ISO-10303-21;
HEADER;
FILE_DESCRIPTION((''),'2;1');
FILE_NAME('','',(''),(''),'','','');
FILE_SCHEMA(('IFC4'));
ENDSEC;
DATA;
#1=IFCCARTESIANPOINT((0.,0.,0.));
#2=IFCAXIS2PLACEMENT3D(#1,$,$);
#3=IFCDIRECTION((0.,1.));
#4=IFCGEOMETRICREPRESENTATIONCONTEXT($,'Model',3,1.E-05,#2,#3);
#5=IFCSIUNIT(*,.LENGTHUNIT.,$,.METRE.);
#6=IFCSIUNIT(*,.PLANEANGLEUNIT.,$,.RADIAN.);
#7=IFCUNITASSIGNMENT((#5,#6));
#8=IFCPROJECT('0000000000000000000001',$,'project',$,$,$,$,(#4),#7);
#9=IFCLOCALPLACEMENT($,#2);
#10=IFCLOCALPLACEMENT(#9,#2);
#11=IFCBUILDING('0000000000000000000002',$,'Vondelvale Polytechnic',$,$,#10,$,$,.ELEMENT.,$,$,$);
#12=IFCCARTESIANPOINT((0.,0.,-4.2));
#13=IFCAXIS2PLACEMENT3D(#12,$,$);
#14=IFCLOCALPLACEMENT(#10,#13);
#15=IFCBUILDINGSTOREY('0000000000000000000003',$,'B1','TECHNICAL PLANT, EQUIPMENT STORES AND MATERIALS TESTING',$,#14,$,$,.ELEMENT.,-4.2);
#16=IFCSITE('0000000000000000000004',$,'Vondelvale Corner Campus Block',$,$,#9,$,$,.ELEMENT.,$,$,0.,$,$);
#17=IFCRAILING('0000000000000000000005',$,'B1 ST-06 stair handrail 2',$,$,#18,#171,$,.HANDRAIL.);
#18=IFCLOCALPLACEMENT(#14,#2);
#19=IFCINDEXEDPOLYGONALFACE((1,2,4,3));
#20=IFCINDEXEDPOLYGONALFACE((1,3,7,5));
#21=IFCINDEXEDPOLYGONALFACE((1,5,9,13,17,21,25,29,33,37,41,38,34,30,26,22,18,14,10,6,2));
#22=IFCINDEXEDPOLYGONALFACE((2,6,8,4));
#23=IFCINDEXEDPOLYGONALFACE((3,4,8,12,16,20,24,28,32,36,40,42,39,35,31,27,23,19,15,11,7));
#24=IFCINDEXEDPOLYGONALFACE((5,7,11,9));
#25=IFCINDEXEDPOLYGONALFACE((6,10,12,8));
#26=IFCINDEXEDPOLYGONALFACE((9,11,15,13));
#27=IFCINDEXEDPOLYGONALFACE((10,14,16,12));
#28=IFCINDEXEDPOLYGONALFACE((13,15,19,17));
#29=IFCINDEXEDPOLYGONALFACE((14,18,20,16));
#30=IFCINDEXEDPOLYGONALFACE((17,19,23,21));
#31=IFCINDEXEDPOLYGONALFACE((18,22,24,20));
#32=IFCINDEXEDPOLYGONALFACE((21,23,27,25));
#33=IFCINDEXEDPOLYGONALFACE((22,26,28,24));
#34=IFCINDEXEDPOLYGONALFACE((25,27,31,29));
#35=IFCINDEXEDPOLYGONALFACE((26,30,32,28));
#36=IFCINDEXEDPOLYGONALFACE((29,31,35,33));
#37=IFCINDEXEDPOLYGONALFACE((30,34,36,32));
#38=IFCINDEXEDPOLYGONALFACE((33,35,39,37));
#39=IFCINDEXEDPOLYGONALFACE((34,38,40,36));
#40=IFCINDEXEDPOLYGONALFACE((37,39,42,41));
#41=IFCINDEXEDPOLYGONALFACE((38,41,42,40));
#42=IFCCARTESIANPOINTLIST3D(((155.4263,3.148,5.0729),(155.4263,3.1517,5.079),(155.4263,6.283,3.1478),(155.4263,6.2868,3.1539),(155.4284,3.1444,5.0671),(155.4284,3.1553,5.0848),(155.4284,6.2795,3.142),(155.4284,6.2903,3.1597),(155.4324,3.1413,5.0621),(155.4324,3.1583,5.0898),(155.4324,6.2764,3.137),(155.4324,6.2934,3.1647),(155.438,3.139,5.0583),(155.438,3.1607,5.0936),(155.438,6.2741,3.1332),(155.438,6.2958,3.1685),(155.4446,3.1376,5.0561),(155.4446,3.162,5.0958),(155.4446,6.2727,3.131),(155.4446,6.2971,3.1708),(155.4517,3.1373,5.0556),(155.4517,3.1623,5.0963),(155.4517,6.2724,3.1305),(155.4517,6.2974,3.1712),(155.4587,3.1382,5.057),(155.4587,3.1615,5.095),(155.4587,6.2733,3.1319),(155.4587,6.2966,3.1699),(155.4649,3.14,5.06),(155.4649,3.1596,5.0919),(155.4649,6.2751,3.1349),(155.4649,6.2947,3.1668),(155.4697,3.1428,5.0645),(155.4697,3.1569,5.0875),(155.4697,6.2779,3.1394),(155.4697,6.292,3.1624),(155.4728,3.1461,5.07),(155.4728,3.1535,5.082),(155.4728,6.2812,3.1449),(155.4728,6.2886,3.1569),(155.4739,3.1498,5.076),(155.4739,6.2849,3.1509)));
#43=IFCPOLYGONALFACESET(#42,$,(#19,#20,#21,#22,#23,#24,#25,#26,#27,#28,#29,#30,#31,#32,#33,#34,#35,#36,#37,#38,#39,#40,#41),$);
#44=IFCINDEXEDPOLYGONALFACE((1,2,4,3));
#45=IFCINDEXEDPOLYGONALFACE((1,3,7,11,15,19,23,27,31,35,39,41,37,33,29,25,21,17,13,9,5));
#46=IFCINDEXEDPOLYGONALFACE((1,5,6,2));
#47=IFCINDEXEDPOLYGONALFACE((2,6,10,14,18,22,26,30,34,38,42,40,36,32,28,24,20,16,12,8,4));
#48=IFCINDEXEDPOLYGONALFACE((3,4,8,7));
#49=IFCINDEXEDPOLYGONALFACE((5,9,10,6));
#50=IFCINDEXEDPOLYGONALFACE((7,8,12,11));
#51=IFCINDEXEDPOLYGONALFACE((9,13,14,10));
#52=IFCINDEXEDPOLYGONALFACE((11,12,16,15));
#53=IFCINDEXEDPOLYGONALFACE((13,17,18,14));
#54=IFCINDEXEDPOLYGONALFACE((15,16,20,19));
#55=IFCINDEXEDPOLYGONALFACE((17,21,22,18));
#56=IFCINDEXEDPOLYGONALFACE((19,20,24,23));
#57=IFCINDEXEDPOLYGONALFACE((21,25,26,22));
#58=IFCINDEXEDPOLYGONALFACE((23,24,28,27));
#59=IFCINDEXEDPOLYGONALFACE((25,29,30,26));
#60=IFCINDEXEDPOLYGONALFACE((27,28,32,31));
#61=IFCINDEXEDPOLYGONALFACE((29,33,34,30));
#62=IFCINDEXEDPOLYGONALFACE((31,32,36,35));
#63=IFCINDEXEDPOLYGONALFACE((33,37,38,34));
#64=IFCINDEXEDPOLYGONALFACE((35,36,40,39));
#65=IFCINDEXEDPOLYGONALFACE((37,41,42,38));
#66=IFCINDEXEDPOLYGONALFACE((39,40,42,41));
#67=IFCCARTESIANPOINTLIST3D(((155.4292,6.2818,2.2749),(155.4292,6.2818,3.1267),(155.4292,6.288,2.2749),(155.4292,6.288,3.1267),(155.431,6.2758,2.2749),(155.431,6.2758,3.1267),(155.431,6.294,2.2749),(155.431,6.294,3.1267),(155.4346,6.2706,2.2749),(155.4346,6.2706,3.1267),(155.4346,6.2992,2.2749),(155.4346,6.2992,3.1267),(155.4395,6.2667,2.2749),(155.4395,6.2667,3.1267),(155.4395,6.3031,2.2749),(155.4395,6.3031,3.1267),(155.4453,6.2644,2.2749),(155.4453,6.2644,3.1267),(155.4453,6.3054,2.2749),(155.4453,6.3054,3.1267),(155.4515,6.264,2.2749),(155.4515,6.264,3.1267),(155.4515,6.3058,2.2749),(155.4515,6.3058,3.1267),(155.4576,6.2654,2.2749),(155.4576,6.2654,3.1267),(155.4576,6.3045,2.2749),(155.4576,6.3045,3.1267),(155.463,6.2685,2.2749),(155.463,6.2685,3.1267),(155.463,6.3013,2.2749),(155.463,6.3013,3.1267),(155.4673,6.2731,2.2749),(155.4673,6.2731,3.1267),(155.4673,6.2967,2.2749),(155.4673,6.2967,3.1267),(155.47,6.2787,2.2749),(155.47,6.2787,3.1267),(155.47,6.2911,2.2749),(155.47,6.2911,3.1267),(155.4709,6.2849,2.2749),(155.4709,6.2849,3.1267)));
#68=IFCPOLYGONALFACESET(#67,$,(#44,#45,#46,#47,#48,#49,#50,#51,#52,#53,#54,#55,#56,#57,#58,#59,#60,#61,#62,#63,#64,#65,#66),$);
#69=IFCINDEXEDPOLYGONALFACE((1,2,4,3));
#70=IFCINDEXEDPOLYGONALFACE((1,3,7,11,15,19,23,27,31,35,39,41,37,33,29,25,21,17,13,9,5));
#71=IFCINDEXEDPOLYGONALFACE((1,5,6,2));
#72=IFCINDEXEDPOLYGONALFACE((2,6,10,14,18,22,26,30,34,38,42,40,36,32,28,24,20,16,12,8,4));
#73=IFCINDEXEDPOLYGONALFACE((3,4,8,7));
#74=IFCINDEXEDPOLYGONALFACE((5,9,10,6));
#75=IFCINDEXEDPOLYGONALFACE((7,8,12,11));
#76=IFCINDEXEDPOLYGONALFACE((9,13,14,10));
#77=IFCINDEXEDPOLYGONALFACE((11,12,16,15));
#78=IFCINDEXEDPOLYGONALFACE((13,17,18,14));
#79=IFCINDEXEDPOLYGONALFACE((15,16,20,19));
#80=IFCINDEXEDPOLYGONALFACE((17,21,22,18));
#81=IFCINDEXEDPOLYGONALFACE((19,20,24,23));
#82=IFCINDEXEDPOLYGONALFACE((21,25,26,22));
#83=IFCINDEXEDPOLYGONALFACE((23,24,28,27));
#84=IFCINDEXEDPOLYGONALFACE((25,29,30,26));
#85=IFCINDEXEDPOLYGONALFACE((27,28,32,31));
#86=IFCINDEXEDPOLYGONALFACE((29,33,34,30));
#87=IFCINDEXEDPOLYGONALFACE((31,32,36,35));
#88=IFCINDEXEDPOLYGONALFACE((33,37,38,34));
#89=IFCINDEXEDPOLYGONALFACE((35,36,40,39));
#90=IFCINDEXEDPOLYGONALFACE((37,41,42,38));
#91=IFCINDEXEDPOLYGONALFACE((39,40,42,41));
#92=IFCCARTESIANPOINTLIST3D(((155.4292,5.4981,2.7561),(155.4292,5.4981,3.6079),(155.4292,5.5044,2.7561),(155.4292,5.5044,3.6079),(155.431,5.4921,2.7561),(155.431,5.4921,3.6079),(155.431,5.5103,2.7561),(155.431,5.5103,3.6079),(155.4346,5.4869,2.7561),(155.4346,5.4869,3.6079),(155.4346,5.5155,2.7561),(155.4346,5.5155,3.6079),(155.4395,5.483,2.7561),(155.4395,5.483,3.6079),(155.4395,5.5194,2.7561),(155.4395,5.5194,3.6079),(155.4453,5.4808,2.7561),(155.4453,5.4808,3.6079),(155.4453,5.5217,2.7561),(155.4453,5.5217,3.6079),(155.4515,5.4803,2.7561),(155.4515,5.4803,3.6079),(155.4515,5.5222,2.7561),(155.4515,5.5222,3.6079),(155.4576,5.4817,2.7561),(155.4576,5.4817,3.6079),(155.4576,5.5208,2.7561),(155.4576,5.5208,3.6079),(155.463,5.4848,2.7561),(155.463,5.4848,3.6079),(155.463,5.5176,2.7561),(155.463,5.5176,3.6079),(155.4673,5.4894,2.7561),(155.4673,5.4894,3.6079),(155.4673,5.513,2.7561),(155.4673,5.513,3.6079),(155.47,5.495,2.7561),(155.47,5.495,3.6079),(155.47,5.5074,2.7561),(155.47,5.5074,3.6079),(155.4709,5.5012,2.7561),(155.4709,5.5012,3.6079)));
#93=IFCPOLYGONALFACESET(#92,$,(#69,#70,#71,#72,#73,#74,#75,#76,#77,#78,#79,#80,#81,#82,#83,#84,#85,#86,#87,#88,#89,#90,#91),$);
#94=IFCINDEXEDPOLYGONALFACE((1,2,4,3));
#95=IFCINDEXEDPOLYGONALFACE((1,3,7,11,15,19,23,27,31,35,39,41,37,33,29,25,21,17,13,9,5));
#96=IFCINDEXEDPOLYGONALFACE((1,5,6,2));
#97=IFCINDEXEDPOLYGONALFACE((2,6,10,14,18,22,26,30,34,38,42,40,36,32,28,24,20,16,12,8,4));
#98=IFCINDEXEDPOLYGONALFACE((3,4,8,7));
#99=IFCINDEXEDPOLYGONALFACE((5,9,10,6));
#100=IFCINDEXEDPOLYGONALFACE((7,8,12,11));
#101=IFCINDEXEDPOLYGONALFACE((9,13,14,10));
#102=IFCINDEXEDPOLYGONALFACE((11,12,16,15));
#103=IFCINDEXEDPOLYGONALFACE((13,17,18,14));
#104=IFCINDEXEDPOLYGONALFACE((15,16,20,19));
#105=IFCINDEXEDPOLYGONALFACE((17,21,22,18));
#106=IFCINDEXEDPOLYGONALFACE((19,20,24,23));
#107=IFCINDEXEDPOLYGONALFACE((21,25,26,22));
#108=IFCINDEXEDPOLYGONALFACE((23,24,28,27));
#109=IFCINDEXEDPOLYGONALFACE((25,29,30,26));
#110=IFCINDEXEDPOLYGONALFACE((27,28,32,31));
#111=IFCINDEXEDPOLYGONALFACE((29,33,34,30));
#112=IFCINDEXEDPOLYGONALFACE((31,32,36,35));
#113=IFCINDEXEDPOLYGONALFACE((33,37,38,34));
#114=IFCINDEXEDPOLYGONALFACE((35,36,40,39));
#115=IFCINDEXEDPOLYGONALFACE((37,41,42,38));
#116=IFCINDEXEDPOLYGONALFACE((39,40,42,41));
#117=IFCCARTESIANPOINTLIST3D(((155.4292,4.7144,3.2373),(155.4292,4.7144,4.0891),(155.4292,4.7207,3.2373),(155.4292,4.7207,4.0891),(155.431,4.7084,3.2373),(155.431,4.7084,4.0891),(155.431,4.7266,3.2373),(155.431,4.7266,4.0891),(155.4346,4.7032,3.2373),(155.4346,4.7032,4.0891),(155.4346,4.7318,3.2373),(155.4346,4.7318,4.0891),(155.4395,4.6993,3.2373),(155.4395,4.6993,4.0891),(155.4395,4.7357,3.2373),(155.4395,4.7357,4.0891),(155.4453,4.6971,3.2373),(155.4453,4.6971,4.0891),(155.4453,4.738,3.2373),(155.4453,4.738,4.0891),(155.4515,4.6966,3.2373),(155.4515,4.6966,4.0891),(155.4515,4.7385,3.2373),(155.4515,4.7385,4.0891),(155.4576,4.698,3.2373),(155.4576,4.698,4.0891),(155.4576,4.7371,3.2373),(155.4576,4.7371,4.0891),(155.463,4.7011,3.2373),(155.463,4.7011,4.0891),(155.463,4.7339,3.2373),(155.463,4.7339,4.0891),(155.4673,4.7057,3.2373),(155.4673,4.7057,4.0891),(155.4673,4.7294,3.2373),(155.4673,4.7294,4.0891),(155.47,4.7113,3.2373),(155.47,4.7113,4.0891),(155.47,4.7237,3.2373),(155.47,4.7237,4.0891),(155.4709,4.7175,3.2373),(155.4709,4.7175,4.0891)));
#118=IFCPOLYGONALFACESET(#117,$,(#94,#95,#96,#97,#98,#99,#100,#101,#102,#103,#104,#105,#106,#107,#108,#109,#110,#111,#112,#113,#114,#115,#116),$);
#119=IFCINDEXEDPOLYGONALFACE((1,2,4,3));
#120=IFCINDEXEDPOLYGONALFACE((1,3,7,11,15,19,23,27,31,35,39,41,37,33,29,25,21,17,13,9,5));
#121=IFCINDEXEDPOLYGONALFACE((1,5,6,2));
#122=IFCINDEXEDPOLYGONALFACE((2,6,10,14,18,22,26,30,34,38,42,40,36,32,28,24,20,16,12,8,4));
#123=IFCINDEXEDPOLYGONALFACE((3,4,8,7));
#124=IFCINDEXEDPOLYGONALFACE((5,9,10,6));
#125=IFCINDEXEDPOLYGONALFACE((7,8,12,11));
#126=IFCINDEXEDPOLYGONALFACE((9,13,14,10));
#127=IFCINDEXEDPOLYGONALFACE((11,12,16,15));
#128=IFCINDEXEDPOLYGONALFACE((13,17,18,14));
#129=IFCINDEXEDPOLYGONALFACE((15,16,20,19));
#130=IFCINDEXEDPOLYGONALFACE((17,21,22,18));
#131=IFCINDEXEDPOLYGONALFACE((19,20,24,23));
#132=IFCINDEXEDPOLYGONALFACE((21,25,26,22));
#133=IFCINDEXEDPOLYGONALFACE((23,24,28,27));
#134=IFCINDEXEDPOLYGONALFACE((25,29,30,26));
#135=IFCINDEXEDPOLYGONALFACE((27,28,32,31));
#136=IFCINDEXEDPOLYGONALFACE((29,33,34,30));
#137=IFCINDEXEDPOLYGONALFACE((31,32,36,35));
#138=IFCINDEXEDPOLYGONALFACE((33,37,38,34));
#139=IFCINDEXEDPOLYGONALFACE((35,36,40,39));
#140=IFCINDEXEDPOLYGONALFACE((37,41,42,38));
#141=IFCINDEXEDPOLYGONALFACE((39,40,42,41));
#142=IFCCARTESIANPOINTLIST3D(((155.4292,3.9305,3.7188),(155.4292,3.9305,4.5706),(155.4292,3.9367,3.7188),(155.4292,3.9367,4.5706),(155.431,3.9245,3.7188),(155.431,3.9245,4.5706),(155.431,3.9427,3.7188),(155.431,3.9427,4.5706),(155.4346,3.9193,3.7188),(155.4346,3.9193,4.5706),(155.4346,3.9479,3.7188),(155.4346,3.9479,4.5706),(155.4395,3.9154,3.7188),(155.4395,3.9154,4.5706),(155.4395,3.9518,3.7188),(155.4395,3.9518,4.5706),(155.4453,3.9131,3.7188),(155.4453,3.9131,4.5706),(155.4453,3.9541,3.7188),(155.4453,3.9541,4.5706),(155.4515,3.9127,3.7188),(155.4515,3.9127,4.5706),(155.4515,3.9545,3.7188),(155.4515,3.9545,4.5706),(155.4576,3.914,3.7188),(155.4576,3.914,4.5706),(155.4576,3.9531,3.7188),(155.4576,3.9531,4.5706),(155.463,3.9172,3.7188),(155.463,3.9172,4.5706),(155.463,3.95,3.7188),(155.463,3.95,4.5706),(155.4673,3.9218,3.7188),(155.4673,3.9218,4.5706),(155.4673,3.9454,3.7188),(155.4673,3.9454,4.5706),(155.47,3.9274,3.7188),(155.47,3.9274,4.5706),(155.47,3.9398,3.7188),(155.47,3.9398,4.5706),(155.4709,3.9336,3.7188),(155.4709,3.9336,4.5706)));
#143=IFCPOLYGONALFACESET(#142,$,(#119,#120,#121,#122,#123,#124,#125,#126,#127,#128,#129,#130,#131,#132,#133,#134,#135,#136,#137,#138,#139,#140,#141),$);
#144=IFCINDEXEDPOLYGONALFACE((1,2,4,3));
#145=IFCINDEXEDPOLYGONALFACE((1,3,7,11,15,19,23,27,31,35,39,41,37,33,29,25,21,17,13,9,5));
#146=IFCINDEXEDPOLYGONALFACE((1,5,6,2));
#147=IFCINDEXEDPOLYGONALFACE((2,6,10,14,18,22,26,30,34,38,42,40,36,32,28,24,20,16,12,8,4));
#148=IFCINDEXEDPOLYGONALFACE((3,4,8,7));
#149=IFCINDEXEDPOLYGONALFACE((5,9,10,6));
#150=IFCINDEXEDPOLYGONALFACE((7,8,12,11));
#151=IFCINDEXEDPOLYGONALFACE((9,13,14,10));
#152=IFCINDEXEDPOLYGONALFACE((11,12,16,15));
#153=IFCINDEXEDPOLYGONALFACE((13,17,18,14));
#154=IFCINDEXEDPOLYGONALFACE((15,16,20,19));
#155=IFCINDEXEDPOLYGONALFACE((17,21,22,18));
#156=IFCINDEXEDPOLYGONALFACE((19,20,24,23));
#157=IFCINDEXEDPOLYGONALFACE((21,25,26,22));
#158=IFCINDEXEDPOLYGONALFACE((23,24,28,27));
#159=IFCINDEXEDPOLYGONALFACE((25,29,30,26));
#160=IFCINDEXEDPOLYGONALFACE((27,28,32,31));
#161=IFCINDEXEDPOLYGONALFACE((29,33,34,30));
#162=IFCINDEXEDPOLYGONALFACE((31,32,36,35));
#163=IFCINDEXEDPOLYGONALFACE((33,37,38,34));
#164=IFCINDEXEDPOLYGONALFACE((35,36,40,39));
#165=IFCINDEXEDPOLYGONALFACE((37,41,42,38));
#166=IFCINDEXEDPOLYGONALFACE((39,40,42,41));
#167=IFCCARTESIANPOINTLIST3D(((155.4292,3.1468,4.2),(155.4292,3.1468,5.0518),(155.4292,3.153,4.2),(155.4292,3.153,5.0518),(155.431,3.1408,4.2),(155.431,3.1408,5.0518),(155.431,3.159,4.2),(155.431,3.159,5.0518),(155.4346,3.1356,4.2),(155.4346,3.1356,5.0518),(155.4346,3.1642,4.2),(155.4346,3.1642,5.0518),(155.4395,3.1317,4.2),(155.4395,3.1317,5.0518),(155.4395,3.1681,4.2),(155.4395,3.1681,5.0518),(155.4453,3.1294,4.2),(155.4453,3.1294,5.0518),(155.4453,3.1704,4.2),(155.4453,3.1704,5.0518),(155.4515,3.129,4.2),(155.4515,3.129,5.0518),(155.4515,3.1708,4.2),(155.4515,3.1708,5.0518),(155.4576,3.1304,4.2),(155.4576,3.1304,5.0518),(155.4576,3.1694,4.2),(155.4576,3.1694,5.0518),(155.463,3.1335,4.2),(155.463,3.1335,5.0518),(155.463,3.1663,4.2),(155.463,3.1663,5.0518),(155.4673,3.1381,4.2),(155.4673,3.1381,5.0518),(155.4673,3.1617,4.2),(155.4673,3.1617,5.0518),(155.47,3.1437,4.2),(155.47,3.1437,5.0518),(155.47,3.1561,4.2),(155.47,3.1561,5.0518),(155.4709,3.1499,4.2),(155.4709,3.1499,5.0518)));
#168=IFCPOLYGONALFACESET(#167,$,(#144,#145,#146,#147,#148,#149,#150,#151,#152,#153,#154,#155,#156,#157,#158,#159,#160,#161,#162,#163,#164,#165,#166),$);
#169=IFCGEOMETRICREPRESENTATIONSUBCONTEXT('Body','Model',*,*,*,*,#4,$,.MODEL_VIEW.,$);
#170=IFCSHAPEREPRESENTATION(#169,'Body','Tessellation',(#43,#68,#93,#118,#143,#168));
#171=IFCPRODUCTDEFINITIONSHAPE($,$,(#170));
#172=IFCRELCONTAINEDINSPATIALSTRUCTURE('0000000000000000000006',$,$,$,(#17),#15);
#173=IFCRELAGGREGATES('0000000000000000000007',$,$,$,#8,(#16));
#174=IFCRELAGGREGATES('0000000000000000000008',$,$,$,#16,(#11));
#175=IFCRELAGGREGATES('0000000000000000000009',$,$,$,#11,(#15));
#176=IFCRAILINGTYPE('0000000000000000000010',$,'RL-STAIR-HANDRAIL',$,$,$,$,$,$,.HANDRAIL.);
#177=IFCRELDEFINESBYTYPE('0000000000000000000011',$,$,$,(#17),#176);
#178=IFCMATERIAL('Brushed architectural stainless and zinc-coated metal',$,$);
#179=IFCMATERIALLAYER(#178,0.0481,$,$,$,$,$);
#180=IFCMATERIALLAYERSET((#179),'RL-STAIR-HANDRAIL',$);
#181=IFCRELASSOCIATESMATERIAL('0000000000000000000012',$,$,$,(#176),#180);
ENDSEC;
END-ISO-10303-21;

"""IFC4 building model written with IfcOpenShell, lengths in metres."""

from ifc_helpers import new_model, si_unit, direction, frame, origin, origin_2d, place, context, subcontext, project, spatial, circle, extrude, material, layer, layer_set, type_object, element, save


model = new_model("IFC4")

# Units and contexts
model_context = context("Model", 3, precision=1e-05, world=origin(), true_north=direction((0.0, 1.0)))
body_context = subcontext(model_context, "Body", "Model", "MODEL_VIEW")
ifc_project = project(units=[si_unit("LENGTHUNIT", "METRE"), si_unit("PLANEANGLEUNIT", "RADIAN")], contexts=[model_context])

# Site, building, storey
site_placement = place(None, origin())
site = spatial("IfcSite", under=ifc_project, at=site_placement, Name="Vondelvale Corner Campus Block", CompositionType="ELEMENT", RefElevation=0.0)
building_placement = place(site_placement, origin())
building = spatial("IfcBuilding", under=site, at=building_placement, Name="Vondelvale Polytechnic", CompositionType="ELEMENT")
storey_placement = place(building_placement, frame((0.0, 0.0, -4.2)))
storey = spatial("IfcBuildingStorey", under=building, at=storey_placement, Name="B1", Description="TECHNICAL PLANT, EQUIPMENT STORES AND MATERIALS TESTING", CompositionType="ELEMENT", Elevation=-4.2)

# Shared definitions
ifc_material_1 = material(Name="Brushed architectural stainless and zinc-coated metal")

# Railing
ifc_layer_1 = layer(ifc_material_1, 0.0481)
ifc_layer_set_1 = layer_set([ifc_layer_1], Name="RL-STAIR-HANDRAIL")
railing_type_1 = type_object("IfcRailingType", Name="RL-STAIR-HANDRAIL", PredefinedType="HANDRAIL", material=ifc_layer_set_1)
railing_1_placement = place(storey_placement, frame((155.45, 6.2849, 2.2749)))
element("IfcRailing", 1, at=railing_1_placement, inside=storey, type_object=railing_type_1, Name="B1 ST-06 stair handrail 2", PredefinedType="HANDRAIL", context=body_context, shape_type="SweptSolid", body=[
    extrude(circle(Radius=0.0239, at=origin_2d()), frame((0.0, 0.0, 0.876), z_axis=(0.0, -0.852166, 0.523271), x_axis=(1.0, 0.0, 0.0)), (0.0, 0.0, 1.0), 3.679),
    extrude(circle(Radius=0.021, at=origin_2d()), origin(), (0.0, 0.0, 1.0), 0.8518),
    extrude(circle(Radius=0.021, at=origin_2d()), frame((0.0, -0.7837, 0.4812)), (0.0, 0.0, 1.0), 0.8518),
    extrude(circle(Radius=0.021, at=origin_2d()), frame((0.0, -1.5674, 0.9624)), (0.0, 0.0, 1.0), 0.8518),
    extrude(circle(Radius=0.021, at=origin_2d()), frame((0.0, -2.3513, 1.4438)), (0.0, 0.0, 1.0), 0.8518),
    extrude(circle(Radius=0.021, at=origin_2d()), frame((0.0, -3.135, 1.925)), (0.0, 0.0, 1.0), 0.8518),
])

save(model, "model.ifc")
